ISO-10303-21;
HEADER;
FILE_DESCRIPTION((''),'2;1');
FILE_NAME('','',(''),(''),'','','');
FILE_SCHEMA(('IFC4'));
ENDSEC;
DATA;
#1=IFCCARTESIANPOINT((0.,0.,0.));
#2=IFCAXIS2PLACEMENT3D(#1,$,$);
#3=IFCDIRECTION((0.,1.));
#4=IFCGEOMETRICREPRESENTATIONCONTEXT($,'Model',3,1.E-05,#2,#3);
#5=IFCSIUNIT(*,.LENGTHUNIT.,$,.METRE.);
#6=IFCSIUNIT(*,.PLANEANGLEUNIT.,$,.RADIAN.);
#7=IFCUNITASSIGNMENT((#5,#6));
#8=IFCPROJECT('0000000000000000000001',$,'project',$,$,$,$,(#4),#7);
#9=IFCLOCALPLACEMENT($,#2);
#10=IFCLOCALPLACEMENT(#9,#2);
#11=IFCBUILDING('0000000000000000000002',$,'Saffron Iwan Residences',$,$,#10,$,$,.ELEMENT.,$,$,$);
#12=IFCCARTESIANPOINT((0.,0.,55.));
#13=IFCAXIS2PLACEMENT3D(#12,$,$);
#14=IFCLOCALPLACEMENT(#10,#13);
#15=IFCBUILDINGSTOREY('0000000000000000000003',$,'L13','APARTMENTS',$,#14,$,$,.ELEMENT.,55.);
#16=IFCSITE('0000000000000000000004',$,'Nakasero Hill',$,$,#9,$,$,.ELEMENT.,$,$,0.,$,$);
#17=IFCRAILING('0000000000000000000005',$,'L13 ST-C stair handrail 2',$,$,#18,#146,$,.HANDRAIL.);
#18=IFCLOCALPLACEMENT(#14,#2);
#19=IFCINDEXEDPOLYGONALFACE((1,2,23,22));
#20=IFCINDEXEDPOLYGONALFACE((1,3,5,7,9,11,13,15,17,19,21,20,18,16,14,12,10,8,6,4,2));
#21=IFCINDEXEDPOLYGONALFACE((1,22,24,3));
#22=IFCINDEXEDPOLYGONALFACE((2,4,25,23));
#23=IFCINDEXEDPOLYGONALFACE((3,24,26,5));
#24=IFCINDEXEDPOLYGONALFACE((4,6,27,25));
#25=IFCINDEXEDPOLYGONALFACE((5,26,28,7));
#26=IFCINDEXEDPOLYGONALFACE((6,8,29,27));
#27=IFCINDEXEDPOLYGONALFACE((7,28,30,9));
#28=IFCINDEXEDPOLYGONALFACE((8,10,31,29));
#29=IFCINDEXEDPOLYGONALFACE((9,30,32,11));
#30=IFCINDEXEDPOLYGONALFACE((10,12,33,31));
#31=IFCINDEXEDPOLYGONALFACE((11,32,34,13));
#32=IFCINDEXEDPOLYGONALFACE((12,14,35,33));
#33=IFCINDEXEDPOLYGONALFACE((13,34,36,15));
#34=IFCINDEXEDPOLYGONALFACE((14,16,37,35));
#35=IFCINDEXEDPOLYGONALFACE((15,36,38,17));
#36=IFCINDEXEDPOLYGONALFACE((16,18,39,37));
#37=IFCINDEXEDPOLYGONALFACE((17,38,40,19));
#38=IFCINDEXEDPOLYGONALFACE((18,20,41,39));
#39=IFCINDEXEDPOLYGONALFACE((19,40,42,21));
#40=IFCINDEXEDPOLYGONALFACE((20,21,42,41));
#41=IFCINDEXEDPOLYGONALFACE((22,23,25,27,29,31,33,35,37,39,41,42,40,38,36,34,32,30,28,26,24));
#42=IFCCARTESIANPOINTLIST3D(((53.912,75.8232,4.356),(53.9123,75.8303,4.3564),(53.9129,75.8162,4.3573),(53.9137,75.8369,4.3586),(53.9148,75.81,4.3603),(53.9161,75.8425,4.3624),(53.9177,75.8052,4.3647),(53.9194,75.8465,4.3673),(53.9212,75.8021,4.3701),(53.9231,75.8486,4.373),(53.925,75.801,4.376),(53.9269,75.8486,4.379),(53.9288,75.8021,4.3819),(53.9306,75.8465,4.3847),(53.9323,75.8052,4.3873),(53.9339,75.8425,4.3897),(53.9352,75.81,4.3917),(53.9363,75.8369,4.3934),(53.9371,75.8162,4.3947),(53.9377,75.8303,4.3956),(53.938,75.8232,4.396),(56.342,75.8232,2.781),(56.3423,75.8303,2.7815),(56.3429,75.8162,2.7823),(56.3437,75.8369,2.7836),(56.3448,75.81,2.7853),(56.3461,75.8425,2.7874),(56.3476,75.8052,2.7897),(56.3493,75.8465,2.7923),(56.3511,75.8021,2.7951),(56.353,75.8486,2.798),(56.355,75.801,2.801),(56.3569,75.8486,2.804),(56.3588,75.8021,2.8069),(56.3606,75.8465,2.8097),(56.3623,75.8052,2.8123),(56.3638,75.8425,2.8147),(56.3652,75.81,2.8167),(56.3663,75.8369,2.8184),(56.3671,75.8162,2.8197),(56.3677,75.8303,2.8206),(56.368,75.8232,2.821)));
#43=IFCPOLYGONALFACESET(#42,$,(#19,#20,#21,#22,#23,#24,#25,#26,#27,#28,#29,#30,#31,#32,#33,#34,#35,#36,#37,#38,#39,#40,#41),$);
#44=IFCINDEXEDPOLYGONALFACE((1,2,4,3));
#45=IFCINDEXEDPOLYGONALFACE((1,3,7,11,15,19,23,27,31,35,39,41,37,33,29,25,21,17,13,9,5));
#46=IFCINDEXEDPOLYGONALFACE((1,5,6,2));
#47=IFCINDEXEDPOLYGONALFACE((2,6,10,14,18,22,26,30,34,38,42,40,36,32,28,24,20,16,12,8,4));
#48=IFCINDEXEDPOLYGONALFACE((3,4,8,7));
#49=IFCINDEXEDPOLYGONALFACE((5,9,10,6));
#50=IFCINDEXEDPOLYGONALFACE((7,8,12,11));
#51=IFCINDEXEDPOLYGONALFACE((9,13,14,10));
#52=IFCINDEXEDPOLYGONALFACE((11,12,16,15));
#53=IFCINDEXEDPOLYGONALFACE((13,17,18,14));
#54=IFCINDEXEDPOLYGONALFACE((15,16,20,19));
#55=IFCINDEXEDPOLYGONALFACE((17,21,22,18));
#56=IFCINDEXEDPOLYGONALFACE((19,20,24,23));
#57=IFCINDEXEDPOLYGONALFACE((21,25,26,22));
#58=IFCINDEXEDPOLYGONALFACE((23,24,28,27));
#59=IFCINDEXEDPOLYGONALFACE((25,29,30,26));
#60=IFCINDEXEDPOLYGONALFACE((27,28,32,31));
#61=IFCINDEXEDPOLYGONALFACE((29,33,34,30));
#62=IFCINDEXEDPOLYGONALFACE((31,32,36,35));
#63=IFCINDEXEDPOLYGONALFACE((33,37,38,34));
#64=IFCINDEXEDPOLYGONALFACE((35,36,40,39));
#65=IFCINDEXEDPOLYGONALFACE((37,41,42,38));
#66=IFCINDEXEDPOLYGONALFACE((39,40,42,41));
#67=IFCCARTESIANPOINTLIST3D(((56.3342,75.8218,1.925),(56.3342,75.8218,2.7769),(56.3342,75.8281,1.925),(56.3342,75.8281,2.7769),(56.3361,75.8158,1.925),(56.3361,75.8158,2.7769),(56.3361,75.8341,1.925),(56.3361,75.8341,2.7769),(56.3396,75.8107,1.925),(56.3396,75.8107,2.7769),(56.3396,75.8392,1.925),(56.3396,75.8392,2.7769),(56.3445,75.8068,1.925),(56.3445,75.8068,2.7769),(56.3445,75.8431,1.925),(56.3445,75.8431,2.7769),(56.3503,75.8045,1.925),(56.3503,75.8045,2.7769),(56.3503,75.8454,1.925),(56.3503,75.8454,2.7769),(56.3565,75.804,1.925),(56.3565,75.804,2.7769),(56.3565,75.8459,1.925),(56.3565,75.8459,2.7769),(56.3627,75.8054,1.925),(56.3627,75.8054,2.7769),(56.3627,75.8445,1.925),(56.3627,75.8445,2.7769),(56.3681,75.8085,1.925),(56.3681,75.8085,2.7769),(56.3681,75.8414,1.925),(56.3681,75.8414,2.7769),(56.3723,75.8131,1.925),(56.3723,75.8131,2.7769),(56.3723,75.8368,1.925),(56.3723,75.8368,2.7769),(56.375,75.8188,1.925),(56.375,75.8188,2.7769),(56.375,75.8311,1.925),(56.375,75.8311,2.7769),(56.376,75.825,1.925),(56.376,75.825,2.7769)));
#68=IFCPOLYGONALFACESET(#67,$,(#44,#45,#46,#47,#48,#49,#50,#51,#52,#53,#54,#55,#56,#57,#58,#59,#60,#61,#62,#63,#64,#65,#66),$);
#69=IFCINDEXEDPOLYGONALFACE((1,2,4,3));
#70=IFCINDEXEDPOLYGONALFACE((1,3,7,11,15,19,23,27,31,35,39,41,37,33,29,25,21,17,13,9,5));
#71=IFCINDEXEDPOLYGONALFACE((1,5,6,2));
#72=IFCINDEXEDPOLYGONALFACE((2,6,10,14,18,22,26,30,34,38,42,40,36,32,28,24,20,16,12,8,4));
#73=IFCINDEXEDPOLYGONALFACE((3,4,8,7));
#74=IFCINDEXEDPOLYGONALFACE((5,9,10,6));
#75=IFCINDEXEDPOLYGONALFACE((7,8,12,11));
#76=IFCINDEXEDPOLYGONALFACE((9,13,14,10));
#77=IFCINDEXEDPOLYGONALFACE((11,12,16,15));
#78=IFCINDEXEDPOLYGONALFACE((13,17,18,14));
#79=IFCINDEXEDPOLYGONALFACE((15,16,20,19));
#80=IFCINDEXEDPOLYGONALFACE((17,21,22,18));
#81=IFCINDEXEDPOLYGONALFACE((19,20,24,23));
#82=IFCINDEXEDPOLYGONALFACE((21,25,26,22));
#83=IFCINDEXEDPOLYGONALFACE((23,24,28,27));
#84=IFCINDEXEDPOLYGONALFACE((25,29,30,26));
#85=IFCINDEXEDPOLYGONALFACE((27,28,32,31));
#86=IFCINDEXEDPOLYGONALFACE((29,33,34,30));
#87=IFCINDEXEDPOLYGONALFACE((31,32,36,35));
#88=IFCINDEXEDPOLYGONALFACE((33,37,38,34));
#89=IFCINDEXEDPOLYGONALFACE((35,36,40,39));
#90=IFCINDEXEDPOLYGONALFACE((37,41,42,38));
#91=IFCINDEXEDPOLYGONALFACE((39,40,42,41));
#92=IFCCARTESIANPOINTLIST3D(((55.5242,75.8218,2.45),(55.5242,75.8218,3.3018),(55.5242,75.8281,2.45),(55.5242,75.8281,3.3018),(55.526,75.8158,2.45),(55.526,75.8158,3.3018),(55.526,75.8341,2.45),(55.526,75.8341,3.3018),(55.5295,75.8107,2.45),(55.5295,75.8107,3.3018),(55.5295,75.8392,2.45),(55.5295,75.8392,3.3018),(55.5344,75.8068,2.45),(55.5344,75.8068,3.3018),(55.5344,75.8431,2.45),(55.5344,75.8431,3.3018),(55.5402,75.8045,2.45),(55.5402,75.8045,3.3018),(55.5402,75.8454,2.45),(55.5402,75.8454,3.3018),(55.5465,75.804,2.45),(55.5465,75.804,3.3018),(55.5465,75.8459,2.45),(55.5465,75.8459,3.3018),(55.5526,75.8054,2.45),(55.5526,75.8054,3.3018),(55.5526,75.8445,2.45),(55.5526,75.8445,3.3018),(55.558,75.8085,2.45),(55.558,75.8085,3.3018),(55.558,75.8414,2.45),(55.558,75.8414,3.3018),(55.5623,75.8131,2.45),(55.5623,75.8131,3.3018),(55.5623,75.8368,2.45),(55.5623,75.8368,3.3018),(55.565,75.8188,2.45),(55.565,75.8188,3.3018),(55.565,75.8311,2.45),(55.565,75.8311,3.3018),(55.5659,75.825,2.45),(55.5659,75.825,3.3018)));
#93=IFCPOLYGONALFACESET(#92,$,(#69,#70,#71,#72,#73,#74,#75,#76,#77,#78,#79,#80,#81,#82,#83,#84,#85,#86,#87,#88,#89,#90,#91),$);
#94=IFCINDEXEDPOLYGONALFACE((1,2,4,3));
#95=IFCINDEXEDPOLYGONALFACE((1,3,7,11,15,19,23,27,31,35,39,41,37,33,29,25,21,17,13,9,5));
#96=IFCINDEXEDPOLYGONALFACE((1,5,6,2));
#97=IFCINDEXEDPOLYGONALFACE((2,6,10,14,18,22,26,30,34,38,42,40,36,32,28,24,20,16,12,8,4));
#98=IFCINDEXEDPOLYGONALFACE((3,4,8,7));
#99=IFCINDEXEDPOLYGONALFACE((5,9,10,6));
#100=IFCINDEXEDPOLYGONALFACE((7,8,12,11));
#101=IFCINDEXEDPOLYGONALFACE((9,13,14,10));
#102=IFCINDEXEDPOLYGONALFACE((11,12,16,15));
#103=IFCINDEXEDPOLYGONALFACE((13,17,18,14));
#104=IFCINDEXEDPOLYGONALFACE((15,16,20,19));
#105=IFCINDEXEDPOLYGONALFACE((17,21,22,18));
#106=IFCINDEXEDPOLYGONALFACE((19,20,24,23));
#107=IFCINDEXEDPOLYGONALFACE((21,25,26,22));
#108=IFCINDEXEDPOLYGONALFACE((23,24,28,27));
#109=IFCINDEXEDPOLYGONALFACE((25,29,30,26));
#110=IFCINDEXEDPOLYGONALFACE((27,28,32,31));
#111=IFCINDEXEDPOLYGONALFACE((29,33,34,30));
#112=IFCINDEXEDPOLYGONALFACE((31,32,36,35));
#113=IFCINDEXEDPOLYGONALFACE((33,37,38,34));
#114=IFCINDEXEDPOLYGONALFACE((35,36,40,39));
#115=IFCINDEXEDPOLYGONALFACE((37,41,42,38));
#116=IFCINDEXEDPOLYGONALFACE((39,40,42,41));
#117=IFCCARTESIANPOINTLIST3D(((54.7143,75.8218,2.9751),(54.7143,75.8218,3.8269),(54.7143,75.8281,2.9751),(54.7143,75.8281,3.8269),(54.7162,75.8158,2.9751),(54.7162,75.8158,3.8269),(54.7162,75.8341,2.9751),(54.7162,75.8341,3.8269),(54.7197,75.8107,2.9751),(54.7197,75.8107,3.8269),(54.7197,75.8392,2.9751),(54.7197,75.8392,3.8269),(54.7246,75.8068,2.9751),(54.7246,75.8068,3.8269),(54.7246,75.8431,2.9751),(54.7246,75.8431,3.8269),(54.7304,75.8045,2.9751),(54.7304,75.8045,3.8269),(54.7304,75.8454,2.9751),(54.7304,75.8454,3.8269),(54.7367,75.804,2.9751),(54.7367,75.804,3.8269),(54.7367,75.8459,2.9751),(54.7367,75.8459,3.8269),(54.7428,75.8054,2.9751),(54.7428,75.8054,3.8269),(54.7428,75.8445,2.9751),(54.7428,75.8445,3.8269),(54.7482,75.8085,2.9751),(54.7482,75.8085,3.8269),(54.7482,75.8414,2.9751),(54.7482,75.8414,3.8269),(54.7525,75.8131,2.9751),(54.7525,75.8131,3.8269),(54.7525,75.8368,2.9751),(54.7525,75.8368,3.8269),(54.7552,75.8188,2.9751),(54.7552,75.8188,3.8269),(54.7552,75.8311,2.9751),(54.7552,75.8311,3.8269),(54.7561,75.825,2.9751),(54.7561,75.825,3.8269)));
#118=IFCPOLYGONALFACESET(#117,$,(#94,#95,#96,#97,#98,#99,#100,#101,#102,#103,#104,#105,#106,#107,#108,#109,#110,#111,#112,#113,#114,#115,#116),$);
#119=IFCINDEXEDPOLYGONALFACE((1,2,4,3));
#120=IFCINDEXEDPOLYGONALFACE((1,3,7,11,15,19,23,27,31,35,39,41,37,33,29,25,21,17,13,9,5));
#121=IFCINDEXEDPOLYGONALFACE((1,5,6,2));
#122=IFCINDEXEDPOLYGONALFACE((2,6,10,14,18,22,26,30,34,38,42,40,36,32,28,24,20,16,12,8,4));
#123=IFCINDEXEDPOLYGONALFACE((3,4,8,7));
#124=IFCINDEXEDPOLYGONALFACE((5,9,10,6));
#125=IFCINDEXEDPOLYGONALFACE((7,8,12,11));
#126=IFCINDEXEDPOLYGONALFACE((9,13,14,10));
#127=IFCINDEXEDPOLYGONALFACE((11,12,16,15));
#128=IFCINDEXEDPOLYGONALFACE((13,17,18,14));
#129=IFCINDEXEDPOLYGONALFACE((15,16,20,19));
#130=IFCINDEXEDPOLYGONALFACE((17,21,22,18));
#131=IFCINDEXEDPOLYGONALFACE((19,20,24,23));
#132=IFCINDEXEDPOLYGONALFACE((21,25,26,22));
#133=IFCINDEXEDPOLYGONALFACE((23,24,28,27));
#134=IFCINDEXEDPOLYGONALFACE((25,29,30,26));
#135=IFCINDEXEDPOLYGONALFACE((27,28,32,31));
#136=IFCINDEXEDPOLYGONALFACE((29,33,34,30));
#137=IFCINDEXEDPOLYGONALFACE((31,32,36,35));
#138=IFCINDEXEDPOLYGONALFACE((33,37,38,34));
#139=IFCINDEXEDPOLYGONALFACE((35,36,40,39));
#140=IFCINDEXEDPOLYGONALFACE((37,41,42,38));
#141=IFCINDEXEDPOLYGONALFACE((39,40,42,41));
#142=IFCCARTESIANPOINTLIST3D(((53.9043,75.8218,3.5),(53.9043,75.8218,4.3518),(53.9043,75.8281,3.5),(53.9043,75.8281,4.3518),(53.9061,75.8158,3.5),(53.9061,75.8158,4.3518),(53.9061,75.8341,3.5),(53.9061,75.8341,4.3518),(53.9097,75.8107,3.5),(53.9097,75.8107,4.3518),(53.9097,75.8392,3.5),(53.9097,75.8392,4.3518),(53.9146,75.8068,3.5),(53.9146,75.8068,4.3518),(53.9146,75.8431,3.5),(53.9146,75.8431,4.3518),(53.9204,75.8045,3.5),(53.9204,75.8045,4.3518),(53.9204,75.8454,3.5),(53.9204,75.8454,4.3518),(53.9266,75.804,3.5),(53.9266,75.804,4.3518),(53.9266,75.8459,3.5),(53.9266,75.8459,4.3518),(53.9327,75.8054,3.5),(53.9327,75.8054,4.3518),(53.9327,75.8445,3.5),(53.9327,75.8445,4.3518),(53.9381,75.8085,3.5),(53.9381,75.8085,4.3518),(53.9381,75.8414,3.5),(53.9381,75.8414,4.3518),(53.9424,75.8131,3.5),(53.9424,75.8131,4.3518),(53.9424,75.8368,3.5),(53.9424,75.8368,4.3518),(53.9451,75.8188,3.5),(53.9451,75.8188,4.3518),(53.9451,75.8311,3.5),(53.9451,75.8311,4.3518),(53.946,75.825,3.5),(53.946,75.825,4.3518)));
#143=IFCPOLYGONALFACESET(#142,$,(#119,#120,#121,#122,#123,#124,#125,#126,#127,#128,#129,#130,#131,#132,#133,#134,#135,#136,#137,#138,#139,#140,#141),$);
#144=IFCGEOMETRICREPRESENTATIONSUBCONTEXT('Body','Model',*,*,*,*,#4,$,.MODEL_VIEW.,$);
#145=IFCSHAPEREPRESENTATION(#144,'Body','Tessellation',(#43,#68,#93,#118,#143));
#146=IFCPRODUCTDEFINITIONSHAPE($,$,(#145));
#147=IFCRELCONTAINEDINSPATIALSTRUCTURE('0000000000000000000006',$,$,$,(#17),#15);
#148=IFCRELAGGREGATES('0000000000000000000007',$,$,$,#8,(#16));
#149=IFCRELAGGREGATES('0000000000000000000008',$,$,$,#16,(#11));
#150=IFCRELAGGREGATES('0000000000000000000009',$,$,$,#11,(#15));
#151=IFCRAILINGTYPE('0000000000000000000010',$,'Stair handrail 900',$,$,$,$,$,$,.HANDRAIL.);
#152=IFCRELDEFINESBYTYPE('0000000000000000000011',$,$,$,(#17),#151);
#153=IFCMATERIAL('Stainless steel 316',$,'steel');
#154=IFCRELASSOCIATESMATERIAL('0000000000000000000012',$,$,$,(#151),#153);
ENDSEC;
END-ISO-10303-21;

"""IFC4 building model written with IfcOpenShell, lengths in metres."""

from ifc_helpers import new_model, si_unit, direction, frame, origin, origin_2d, place, context, subcontext, project, spatial, circle, extrude, material, type_object, element, save


model = new_model("IFC4")

# Units and contexts
model_context = context("Model", 3, precision=1e-05, world=origin(), true_north=direction((0.0, 1.0)))
body_context = subcontext(model_context, "Body", "Model", "MODEL_VIEW")
ifc_project = project(units=[si_unit("LENGTHUNIT", "METRE"), si_unit("PLANEANGLEUNIT", "RADIAN")], contexts=[model_context])

# Site, building, storey
site_placement = place(None, origin())
site = spatial("IfcSite", under=ifc_project, at=site_placement, Name="Nakasero Hill", CompositionType="ELEMENT", RefElevation=0.0)
building_placement = place(site_placement, origin())
building = spatial("IfcBuilding", under=site, at=building_placement, Name="Saffron Iwan Residences", CompositionType="ELEMENT")
storey_placement = place(building_placement, frame((0.0, 0.0, 55.0)))
storey = spatial("IfcBuildingStorey", under=building, at=storey_placement, Name="L13", Description="APARTMENTS", CompositionType="ELEMENT", Elevation=55.0)

# Railing
ifc_material_1 = material(Name="Stainless steel 316", Category="steel")
railing_type_1 = type_object("IfcRailingType", Name="Stair handrail 900", PredefinedType="HANDRAIL", material=ifc_material_1)
railing_1_placement = place(storey_placement, frame((56.355, 75.825, 1.925)))
element("IfcRailing", 1, at=railing_1_placement, inside=storey, type_object=railing_type_1, Name="L13 ST-C stair handrail 2", PredefinedType="HANDRAIL", context=body_context, shape_type="SweptSolid", body=[
    extrude(circle(Radius=0.0239, at=origin_2d()), frame((0.0, 0.0, 0.876), z_axis=(-0.839154, 0.0, 0.543894), x_axis=(0.0, -1.0, 0.0)), (0.0, 0.0, 1.0), 2.8958),
    extrude(circle(Radius=0.021, at=origin_2d()), origin(), (0.0, 0.0, 1.0), 0.8518),
    extrude(circle(Radius=0.021, at=origin_2d()), frame((-0.8101, 0.0, 0.5249)), (0.0, 0.0, 1.0), 0.8518),
    extrude(circle(Radius=0.021, at=origin_2d()), frame((-1.6199, 0.0, 1.05)), (0.0, 0.0, 1.0), 0.8518),
    extrude(circle(Radius=0.021, at=origin_2d()), frame((-2.4299, 0.0, 1.575)), (0.0, 0.0, 1.0), 0.8518),
])

save(model, "model.ifc")
